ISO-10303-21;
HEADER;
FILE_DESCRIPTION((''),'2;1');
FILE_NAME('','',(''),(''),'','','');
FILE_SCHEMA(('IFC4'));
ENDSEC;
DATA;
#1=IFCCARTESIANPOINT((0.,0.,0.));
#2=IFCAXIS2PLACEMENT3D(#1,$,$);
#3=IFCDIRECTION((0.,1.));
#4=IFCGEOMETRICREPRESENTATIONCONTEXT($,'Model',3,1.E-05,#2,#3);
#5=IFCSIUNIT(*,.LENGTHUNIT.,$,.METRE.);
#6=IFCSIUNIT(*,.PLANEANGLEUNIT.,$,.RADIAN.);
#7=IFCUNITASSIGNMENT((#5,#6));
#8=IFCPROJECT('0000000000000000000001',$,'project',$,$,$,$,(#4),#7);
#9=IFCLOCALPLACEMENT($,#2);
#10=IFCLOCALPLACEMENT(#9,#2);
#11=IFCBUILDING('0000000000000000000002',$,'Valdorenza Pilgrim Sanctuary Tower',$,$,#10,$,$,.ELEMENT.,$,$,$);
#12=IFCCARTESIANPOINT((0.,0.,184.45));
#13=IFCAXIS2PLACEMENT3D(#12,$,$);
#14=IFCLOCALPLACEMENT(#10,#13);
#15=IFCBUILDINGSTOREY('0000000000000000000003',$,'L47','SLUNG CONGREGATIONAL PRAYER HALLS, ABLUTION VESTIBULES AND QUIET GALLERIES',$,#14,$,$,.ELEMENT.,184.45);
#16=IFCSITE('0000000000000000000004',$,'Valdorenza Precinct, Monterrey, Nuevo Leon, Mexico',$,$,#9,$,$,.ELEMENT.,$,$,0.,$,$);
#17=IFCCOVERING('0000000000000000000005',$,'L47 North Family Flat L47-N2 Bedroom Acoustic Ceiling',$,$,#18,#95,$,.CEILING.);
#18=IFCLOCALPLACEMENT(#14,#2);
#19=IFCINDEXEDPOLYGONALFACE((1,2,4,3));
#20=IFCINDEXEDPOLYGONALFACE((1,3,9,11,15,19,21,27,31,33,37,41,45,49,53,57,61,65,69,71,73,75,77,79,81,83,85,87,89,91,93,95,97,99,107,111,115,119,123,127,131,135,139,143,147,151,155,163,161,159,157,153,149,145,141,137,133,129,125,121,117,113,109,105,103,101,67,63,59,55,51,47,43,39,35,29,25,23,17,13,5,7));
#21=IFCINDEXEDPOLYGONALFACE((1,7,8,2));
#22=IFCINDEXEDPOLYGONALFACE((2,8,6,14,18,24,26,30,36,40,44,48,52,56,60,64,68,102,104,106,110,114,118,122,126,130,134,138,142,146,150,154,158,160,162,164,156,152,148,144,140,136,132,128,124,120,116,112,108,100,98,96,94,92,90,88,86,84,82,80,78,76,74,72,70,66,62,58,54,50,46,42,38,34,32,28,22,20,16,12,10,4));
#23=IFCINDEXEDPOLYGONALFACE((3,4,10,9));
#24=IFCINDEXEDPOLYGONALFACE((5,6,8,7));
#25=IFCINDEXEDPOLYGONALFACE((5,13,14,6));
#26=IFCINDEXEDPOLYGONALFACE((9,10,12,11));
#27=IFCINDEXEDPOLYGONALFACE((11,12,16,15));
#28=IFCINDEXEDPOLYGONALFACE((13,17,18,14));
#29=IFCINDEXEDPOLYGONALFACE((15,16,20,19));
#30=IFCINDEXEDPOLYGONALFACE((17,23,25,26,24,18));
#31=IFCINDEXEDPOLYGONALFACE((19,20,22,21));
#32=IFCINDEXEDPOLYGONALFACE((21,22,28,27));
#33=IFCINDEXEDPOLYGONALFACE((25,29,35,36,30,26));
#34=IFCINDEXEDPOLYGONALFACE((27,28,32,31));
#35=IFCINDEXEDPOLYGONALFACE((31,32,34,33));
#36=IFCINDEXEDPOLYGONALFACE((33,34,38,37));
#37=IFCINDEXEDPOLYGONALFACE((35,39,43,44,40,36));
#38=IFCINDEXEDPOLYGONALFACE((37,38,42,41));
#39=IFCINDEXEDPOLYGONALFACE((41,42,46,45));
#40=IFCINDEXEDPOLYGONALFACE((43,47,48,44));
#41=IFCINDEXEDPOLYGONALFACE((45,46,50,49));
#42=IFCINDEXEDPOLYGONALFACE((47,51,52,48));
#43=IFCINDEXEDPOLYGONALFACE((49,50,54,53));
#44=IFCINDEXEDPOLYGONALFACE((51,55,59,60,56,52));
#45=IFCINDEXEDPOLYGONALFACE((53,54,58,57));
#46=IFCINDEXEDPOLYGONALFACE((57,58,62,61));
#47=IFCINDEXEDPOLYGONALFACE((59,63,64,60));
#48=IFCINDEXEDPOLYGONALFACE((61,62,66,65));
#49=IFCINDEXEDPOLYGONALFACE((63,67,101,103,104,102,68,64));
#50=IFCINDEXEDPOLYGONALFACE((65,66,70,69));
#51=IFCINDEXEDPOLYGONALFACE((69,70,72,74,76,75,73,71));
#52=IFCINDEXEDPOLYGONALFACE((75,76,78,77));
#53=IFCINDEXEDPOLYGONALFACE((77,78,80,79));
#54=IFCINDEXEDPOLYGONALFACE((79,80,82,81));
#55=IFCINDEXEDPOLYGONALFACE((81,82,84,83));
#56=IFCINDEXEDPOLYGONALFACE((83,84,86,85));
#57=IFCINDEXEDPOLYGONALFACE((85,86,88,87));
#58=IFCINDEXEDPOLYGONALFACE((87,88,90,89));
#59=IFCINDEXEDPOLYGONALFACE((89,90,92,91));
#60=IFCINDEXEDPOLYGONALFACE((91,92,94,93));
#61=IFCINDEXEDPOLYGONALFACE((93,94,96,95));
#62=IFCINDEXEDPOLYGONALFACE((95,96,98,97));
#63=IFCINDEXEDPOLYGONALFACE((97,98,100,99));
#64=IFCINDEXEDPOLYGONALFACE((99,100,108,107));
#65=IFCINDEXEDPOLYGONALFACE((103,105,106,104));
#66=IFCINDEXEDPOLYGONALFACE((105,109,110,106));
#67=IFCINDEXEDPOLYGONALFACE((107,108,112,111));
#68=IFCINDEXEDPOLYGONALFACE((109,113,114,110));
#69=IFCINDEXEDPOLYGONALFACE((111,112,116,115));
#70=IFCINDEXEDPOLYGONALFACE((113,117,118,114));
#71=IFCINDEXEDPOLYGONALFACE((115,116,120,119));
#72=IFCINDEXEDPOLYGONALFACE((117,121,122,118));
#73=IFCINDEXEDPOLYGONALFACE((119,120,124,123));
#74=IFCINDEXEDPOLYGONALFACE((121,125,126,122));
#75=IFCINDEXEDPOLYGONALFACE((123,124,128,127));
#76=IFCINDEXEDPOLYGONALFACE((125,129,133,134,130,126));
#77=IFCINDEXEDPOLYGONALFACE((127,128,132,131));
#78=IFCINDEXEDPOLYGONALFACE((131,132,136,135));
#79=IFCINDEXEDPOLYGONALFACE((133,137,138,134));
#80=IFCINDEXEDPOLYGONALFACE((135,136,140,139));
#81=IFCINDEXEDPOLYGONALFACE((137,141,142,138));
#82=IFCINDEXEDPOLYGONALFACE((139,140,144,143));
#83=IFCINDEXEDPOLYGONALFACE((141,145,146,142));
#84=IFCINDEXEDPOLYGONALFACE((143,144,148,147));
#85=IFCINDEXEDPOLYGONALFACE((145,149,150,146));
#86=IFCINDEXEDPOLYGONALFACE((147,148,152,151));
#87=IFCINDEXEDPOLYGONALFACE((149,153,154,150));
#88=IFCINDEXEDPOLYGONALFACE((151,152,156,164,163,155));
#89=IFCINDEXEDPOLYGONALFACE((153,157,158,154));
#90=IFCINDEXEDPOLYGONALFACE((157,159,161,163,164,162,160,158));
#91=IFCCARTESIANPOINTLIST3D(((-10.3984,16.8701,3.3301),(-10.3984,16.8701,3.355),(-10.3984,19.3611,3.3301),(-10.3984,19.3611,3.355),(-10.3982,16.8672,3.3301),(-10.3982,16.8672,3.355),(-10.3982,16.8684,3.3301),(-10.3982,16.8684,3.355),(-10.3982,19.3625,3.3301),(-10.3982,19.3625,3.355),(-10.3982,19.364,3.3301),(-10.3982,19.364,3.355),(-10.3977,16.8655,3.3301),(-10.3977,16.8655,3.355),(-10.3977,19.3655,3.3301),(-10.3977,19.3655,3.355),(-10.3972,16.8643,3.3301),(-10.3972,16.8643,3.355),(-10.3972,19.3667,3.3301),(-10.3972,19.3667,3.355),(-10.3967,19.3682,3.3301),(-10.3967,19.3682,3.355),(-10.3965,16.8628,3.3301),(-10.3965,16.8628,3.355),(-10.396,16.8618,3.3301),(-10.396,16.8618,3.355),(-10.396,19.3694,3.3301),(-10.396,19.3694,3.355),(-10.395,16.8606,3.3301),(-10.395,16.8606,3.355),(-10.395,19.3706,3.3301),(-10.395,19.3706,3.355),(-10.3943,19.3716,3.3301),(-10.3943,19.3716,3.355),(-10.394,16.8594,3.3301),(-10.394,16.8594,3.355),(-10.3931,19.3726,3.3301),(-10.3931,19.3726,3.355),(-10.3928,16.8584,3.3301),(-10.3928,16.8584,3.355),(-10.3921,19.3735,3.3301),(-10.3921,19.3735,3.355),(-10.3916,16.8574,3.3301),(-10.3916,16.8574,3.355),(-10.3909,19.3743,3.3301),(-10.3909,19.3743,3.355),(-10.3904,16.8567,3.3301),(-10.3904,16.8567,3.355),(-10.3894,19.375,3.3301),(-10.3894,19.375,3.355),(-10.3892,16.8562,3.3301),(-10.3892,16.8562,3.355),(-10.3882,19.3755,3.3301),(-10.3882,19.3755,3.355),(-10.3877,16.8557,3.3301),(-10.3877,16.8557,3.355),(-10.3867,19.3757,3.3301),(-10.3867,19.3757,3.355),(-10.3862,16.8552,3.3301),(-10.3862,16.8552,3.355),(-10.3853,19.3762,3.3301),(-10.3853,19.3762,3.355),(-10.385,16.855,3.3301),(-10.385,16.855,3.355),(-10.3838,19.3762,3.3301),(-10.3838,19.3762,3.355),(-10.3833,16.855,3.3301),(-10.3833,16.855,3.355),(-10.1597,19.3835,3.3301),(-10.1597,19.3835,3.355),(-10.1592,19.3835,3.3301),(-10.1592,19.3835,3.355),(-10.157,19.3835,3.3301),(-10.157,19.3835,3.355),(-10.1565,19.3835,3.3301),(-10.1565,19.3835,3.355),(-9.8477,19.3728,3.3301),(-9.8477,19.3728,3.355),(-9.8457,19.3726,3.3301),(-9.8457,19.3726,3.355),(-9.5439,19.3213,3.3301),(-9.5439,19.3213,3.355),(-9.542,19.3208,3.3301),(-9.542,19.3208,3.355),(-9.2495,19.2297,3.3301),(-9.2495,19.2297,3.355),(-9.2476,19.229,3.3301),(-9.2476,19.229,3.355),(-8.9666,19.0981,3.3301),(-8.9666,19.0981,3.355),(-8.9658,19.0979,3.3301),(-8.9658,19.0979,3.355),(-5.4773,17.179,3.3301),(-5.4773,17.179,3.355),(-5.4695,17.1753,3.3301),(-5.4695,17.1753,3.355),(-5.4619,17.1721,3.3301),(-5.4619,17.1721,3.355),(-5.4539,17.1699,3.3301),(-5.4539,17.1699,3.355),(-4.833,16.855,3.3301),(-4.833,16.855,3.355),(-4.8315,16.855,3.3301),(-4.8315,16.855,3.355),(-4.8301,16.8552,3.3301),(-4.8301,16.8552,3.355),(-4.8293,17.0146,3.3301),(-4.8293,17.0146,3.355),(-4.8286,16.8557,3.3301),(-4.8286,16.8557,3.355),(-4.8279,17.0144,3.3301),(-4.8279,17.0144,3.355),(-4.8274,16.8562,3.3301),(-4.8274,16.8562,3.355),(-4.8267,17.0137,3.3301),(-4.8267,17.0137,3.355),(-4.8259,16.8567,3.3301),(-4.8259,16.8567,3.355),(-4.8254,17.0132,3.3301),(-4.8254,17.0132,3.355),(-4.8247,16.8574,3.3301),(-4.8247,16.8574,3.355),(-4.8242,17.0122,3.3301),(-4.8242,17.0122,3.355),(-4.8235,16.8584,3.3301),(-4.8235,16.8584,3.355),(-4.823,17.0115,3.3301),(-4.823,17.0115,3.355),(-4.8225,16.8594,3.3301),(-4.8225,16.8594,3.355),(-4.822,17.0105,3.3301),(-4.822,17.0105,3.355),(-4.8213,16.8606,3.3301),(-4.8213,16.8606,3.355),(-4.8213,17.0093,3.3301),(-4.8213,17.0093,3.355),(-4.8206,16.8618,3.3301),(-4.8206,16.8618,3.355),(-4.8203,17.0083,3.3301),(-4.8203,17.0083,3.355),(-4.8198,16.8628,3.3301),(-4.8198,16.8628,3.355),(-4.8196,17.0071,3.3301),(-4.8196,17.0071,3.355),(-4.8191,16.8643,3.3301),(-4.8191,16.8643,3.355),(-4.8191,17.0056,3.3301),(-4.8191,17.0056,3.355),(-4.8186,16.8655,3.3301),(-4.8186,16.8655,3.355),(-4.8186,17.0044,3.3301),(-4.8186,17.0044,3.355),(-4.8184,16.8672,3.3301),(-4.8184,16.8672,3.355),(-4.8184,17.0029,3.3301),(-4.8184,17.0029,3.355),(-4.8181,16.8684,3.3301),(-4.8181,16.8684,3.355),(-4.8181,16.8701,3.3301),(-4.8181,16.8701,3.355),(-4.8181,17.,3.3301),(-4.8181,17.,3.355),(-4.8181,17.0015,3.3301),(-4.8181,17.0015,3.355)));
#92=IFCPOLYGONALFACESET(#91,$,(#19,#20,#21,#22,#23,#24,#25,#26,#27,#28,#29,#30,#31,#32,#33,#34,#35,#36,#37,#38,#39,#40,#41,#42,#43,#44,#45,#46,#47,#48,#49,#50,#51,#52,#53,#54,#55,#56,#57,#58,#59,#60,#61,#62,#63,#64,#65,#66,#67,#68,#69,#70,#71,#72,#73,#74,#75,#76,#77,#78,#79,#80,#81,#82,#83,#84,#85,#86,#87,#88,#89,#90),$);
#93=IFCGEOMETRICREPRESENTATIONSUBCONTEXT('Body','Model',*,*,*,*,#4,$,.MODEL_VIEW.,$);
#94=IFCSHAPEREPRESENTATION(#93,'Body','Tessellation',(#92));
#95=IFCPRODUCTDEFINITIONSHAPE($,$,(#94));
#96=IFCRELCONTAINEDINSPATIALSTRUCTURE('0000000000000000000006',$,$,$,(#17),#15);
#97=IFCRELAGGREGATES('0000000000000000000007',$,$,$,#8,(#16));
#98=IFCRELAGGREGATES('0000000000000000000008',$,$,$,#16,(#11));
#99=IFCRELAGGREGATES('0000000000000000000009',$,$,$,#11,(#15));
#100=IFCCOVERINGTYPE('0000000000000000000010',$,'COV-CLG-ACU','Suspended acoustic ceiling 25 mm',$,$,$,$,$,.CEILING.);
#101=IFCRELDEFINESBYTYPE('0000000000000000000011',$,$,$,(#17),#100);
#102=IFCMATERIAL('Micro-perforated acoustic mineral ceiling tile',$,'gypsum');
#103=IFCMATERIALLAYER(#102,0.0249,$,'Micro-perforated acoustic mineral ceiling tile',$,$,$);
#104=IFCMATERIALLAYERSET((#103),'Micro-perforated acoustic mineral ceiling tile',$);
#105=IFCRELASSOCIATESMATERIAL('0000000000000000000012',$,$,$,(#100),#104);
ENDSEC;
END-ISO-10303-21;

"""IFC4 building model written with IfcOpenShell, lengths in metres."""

from ifc_helpers import new_model, si_unit, direction, frame, origin, place, context, subcontext, project, spatial, polyline, outline, extrude, material, layer, layer_set, type_object, element, save


model = new_model("IFC4")

# Units and contexts
model_context = context("Model", 3, precision=1e-05, world=origin(), true_north=direction((0.0, 1.0)))
body_context = subcontext(model_context, "Body", "Model", "MODEL_VIEW")
ifc_project = project(units=[si_unit("LENGTHUNIT", "METRE"), si_unit("PLANEANGLEUNIT", "RADIAN")], contexts=[model_context])

# Site, building, storey
site_placement = place(None, origin())
site = spatial("IfcSite", under=ifc_project, at=site_placement, Name="Valdorenza Precinct, Monterrey, Nuevo Leon, Mexico", CompositionType="ELEMENT", RefElevation=0.0)
building_placement = place(site_placement, origin())
building = spatial("IfcBuilding", under=site, at=building_placement, Name="Valdorenza Pilgrim Sanctuary Tower", CompositionType="ELEMENT")
storey_placement = place(building_placement, frame((0.0, 0.0, 184.45)))
storey = spatial("IfcBuildingStorey", under=building, at=storey_placement, Name="L47", Description="SLUNG CONGREGATIONAL PRAYER HALLS, ABLUTION VESTIBULES AND QUIET GALLERIES", CompositionType="ELEMENT", Elevation=184.45)

# Covering
ifc_material_1 = material(Name="Micro-perforated acoustic mineral ceiling tile", Category="gypsum")
ifc_layer_1 = layer(ifc_material_1, 0.0249, Name="Micro-perforated acoustic mineral ceiling tile")
ifc_layer_set_1 = layer_set([ifc_layer_1], Name="Micro-perforated acoustic mineral ceiling tile")
covering_type_1 = type_object("IfcCoveringType", Name="COV-CLG-ACU", Description="Suspended acoustic ceiling 25 mm", PredefinedType="CEILING", material=ifc_layer_set_1)
covering_1_placement = place(storey_placement, frame((0.0, 0.0, 3.3301)))
element("IfcCovering", 1, at=covering_1_placement, inside=storey, type_object=covering_type_1, Name="L47 North Family Flat L47-N2 Bedroom Acoustic Ceiling", PredefinedType="CEILING", context=body_context, shape_type="SweptSolid", body=[
    extrude(outline(polyline([(-10.3833, 16.855), (-10.385, 16.855), (-10.3862, 16.8552), (-10.3877, 16.8557), (-10.3892, 16.8562), (-10.3904, 16.8567), (-10.3916, 16.8574), (-10.3928, 16.8584), (-10.394, 16.8594), (-10.395, 16.8606), (-10.396, 16.8618), (-10.3965, 16.8628), (-10.3972, 16.8643), (-10.3977, 16.8655), (-10.3982, 16.8672), (-10.3982, 16.8684), (-10.3984, 16.8701), (-10.3984, 19.3611), (-10.3982, 19.3625), (-10.3982, 19.364), (-10.3977, 19.3655), (-10.3972, 19.3667), (-10.3967, 19.3682), (-10.396, 19.3694), (-10.395, 19.3706), (-10.3943, 19.3716), (-10.3931, 19.3726), (-10.3921, 19.3735), (-10.3909, 19.3743), (-10.3894, 19.375), (-10.3882, 19.3755), (-10.3867, 19.3757), (-10.3853, 19.3762), (-10.3838, 19.3762), (-10.1597, 19.3835), (-10.1592, 19.3835), (-10.157, 19.3835), (-10.1565, 19.3835), (-9.8477, 19.3728), (-9.8457, 19.3726), (-9.5439, 19.3213), (-9.542, 19.3208), (-9.2495, 19.2297), (-9.2476, 19.229), (-8.9666, 19.0981), (-8.9658, 19.0979), (-5.4773, 17.179), (-5.4695, 17.1753), (-5.4619, 17.1721), (-5.4539, 17.1699), (-4.8293, 17.0146), (-4.8279, 17.0144), (-4.8267, 17.0137), (-4.8254, 17.0132), (-4.8242, 17.0122), (-4.823, 17.0115), (-4.822, 17.0105), (-4.8213, 17.0093), (-4.8203, 17.0083), (-4.8196, 17.0071), (-4.8191, 17.0056), (-4.8186, 17.0044), (-4.8184, 17.0029), (-4.8181, 17.0015), (-4.8181, 17.0), (-4.8181, 16.8701), (-4.8181, 16.8684), (-4.8184, 16.8672), (-4.8186, 16.8655), (-4.8191, 16.8643), (-4.8198, 16.8628), (-4.8206, 16.8618), (-4.8213, 16.8606), (-4.8225, 16.8594), (-4.8235, 16.8584), (-4.8247, 16.8574), (-4.8259, 16.8567), (-4.8274, 16.8562), (-4.8286, 16.8557), (-4.8301, 16.8552), (-4.8315, 16.855), (-4.833, 16.855), (-10.3833, 16.855)])), origin(), (0.0, 0.0, 1.0), 0.0249),
])

save(model, "model.ifc")
